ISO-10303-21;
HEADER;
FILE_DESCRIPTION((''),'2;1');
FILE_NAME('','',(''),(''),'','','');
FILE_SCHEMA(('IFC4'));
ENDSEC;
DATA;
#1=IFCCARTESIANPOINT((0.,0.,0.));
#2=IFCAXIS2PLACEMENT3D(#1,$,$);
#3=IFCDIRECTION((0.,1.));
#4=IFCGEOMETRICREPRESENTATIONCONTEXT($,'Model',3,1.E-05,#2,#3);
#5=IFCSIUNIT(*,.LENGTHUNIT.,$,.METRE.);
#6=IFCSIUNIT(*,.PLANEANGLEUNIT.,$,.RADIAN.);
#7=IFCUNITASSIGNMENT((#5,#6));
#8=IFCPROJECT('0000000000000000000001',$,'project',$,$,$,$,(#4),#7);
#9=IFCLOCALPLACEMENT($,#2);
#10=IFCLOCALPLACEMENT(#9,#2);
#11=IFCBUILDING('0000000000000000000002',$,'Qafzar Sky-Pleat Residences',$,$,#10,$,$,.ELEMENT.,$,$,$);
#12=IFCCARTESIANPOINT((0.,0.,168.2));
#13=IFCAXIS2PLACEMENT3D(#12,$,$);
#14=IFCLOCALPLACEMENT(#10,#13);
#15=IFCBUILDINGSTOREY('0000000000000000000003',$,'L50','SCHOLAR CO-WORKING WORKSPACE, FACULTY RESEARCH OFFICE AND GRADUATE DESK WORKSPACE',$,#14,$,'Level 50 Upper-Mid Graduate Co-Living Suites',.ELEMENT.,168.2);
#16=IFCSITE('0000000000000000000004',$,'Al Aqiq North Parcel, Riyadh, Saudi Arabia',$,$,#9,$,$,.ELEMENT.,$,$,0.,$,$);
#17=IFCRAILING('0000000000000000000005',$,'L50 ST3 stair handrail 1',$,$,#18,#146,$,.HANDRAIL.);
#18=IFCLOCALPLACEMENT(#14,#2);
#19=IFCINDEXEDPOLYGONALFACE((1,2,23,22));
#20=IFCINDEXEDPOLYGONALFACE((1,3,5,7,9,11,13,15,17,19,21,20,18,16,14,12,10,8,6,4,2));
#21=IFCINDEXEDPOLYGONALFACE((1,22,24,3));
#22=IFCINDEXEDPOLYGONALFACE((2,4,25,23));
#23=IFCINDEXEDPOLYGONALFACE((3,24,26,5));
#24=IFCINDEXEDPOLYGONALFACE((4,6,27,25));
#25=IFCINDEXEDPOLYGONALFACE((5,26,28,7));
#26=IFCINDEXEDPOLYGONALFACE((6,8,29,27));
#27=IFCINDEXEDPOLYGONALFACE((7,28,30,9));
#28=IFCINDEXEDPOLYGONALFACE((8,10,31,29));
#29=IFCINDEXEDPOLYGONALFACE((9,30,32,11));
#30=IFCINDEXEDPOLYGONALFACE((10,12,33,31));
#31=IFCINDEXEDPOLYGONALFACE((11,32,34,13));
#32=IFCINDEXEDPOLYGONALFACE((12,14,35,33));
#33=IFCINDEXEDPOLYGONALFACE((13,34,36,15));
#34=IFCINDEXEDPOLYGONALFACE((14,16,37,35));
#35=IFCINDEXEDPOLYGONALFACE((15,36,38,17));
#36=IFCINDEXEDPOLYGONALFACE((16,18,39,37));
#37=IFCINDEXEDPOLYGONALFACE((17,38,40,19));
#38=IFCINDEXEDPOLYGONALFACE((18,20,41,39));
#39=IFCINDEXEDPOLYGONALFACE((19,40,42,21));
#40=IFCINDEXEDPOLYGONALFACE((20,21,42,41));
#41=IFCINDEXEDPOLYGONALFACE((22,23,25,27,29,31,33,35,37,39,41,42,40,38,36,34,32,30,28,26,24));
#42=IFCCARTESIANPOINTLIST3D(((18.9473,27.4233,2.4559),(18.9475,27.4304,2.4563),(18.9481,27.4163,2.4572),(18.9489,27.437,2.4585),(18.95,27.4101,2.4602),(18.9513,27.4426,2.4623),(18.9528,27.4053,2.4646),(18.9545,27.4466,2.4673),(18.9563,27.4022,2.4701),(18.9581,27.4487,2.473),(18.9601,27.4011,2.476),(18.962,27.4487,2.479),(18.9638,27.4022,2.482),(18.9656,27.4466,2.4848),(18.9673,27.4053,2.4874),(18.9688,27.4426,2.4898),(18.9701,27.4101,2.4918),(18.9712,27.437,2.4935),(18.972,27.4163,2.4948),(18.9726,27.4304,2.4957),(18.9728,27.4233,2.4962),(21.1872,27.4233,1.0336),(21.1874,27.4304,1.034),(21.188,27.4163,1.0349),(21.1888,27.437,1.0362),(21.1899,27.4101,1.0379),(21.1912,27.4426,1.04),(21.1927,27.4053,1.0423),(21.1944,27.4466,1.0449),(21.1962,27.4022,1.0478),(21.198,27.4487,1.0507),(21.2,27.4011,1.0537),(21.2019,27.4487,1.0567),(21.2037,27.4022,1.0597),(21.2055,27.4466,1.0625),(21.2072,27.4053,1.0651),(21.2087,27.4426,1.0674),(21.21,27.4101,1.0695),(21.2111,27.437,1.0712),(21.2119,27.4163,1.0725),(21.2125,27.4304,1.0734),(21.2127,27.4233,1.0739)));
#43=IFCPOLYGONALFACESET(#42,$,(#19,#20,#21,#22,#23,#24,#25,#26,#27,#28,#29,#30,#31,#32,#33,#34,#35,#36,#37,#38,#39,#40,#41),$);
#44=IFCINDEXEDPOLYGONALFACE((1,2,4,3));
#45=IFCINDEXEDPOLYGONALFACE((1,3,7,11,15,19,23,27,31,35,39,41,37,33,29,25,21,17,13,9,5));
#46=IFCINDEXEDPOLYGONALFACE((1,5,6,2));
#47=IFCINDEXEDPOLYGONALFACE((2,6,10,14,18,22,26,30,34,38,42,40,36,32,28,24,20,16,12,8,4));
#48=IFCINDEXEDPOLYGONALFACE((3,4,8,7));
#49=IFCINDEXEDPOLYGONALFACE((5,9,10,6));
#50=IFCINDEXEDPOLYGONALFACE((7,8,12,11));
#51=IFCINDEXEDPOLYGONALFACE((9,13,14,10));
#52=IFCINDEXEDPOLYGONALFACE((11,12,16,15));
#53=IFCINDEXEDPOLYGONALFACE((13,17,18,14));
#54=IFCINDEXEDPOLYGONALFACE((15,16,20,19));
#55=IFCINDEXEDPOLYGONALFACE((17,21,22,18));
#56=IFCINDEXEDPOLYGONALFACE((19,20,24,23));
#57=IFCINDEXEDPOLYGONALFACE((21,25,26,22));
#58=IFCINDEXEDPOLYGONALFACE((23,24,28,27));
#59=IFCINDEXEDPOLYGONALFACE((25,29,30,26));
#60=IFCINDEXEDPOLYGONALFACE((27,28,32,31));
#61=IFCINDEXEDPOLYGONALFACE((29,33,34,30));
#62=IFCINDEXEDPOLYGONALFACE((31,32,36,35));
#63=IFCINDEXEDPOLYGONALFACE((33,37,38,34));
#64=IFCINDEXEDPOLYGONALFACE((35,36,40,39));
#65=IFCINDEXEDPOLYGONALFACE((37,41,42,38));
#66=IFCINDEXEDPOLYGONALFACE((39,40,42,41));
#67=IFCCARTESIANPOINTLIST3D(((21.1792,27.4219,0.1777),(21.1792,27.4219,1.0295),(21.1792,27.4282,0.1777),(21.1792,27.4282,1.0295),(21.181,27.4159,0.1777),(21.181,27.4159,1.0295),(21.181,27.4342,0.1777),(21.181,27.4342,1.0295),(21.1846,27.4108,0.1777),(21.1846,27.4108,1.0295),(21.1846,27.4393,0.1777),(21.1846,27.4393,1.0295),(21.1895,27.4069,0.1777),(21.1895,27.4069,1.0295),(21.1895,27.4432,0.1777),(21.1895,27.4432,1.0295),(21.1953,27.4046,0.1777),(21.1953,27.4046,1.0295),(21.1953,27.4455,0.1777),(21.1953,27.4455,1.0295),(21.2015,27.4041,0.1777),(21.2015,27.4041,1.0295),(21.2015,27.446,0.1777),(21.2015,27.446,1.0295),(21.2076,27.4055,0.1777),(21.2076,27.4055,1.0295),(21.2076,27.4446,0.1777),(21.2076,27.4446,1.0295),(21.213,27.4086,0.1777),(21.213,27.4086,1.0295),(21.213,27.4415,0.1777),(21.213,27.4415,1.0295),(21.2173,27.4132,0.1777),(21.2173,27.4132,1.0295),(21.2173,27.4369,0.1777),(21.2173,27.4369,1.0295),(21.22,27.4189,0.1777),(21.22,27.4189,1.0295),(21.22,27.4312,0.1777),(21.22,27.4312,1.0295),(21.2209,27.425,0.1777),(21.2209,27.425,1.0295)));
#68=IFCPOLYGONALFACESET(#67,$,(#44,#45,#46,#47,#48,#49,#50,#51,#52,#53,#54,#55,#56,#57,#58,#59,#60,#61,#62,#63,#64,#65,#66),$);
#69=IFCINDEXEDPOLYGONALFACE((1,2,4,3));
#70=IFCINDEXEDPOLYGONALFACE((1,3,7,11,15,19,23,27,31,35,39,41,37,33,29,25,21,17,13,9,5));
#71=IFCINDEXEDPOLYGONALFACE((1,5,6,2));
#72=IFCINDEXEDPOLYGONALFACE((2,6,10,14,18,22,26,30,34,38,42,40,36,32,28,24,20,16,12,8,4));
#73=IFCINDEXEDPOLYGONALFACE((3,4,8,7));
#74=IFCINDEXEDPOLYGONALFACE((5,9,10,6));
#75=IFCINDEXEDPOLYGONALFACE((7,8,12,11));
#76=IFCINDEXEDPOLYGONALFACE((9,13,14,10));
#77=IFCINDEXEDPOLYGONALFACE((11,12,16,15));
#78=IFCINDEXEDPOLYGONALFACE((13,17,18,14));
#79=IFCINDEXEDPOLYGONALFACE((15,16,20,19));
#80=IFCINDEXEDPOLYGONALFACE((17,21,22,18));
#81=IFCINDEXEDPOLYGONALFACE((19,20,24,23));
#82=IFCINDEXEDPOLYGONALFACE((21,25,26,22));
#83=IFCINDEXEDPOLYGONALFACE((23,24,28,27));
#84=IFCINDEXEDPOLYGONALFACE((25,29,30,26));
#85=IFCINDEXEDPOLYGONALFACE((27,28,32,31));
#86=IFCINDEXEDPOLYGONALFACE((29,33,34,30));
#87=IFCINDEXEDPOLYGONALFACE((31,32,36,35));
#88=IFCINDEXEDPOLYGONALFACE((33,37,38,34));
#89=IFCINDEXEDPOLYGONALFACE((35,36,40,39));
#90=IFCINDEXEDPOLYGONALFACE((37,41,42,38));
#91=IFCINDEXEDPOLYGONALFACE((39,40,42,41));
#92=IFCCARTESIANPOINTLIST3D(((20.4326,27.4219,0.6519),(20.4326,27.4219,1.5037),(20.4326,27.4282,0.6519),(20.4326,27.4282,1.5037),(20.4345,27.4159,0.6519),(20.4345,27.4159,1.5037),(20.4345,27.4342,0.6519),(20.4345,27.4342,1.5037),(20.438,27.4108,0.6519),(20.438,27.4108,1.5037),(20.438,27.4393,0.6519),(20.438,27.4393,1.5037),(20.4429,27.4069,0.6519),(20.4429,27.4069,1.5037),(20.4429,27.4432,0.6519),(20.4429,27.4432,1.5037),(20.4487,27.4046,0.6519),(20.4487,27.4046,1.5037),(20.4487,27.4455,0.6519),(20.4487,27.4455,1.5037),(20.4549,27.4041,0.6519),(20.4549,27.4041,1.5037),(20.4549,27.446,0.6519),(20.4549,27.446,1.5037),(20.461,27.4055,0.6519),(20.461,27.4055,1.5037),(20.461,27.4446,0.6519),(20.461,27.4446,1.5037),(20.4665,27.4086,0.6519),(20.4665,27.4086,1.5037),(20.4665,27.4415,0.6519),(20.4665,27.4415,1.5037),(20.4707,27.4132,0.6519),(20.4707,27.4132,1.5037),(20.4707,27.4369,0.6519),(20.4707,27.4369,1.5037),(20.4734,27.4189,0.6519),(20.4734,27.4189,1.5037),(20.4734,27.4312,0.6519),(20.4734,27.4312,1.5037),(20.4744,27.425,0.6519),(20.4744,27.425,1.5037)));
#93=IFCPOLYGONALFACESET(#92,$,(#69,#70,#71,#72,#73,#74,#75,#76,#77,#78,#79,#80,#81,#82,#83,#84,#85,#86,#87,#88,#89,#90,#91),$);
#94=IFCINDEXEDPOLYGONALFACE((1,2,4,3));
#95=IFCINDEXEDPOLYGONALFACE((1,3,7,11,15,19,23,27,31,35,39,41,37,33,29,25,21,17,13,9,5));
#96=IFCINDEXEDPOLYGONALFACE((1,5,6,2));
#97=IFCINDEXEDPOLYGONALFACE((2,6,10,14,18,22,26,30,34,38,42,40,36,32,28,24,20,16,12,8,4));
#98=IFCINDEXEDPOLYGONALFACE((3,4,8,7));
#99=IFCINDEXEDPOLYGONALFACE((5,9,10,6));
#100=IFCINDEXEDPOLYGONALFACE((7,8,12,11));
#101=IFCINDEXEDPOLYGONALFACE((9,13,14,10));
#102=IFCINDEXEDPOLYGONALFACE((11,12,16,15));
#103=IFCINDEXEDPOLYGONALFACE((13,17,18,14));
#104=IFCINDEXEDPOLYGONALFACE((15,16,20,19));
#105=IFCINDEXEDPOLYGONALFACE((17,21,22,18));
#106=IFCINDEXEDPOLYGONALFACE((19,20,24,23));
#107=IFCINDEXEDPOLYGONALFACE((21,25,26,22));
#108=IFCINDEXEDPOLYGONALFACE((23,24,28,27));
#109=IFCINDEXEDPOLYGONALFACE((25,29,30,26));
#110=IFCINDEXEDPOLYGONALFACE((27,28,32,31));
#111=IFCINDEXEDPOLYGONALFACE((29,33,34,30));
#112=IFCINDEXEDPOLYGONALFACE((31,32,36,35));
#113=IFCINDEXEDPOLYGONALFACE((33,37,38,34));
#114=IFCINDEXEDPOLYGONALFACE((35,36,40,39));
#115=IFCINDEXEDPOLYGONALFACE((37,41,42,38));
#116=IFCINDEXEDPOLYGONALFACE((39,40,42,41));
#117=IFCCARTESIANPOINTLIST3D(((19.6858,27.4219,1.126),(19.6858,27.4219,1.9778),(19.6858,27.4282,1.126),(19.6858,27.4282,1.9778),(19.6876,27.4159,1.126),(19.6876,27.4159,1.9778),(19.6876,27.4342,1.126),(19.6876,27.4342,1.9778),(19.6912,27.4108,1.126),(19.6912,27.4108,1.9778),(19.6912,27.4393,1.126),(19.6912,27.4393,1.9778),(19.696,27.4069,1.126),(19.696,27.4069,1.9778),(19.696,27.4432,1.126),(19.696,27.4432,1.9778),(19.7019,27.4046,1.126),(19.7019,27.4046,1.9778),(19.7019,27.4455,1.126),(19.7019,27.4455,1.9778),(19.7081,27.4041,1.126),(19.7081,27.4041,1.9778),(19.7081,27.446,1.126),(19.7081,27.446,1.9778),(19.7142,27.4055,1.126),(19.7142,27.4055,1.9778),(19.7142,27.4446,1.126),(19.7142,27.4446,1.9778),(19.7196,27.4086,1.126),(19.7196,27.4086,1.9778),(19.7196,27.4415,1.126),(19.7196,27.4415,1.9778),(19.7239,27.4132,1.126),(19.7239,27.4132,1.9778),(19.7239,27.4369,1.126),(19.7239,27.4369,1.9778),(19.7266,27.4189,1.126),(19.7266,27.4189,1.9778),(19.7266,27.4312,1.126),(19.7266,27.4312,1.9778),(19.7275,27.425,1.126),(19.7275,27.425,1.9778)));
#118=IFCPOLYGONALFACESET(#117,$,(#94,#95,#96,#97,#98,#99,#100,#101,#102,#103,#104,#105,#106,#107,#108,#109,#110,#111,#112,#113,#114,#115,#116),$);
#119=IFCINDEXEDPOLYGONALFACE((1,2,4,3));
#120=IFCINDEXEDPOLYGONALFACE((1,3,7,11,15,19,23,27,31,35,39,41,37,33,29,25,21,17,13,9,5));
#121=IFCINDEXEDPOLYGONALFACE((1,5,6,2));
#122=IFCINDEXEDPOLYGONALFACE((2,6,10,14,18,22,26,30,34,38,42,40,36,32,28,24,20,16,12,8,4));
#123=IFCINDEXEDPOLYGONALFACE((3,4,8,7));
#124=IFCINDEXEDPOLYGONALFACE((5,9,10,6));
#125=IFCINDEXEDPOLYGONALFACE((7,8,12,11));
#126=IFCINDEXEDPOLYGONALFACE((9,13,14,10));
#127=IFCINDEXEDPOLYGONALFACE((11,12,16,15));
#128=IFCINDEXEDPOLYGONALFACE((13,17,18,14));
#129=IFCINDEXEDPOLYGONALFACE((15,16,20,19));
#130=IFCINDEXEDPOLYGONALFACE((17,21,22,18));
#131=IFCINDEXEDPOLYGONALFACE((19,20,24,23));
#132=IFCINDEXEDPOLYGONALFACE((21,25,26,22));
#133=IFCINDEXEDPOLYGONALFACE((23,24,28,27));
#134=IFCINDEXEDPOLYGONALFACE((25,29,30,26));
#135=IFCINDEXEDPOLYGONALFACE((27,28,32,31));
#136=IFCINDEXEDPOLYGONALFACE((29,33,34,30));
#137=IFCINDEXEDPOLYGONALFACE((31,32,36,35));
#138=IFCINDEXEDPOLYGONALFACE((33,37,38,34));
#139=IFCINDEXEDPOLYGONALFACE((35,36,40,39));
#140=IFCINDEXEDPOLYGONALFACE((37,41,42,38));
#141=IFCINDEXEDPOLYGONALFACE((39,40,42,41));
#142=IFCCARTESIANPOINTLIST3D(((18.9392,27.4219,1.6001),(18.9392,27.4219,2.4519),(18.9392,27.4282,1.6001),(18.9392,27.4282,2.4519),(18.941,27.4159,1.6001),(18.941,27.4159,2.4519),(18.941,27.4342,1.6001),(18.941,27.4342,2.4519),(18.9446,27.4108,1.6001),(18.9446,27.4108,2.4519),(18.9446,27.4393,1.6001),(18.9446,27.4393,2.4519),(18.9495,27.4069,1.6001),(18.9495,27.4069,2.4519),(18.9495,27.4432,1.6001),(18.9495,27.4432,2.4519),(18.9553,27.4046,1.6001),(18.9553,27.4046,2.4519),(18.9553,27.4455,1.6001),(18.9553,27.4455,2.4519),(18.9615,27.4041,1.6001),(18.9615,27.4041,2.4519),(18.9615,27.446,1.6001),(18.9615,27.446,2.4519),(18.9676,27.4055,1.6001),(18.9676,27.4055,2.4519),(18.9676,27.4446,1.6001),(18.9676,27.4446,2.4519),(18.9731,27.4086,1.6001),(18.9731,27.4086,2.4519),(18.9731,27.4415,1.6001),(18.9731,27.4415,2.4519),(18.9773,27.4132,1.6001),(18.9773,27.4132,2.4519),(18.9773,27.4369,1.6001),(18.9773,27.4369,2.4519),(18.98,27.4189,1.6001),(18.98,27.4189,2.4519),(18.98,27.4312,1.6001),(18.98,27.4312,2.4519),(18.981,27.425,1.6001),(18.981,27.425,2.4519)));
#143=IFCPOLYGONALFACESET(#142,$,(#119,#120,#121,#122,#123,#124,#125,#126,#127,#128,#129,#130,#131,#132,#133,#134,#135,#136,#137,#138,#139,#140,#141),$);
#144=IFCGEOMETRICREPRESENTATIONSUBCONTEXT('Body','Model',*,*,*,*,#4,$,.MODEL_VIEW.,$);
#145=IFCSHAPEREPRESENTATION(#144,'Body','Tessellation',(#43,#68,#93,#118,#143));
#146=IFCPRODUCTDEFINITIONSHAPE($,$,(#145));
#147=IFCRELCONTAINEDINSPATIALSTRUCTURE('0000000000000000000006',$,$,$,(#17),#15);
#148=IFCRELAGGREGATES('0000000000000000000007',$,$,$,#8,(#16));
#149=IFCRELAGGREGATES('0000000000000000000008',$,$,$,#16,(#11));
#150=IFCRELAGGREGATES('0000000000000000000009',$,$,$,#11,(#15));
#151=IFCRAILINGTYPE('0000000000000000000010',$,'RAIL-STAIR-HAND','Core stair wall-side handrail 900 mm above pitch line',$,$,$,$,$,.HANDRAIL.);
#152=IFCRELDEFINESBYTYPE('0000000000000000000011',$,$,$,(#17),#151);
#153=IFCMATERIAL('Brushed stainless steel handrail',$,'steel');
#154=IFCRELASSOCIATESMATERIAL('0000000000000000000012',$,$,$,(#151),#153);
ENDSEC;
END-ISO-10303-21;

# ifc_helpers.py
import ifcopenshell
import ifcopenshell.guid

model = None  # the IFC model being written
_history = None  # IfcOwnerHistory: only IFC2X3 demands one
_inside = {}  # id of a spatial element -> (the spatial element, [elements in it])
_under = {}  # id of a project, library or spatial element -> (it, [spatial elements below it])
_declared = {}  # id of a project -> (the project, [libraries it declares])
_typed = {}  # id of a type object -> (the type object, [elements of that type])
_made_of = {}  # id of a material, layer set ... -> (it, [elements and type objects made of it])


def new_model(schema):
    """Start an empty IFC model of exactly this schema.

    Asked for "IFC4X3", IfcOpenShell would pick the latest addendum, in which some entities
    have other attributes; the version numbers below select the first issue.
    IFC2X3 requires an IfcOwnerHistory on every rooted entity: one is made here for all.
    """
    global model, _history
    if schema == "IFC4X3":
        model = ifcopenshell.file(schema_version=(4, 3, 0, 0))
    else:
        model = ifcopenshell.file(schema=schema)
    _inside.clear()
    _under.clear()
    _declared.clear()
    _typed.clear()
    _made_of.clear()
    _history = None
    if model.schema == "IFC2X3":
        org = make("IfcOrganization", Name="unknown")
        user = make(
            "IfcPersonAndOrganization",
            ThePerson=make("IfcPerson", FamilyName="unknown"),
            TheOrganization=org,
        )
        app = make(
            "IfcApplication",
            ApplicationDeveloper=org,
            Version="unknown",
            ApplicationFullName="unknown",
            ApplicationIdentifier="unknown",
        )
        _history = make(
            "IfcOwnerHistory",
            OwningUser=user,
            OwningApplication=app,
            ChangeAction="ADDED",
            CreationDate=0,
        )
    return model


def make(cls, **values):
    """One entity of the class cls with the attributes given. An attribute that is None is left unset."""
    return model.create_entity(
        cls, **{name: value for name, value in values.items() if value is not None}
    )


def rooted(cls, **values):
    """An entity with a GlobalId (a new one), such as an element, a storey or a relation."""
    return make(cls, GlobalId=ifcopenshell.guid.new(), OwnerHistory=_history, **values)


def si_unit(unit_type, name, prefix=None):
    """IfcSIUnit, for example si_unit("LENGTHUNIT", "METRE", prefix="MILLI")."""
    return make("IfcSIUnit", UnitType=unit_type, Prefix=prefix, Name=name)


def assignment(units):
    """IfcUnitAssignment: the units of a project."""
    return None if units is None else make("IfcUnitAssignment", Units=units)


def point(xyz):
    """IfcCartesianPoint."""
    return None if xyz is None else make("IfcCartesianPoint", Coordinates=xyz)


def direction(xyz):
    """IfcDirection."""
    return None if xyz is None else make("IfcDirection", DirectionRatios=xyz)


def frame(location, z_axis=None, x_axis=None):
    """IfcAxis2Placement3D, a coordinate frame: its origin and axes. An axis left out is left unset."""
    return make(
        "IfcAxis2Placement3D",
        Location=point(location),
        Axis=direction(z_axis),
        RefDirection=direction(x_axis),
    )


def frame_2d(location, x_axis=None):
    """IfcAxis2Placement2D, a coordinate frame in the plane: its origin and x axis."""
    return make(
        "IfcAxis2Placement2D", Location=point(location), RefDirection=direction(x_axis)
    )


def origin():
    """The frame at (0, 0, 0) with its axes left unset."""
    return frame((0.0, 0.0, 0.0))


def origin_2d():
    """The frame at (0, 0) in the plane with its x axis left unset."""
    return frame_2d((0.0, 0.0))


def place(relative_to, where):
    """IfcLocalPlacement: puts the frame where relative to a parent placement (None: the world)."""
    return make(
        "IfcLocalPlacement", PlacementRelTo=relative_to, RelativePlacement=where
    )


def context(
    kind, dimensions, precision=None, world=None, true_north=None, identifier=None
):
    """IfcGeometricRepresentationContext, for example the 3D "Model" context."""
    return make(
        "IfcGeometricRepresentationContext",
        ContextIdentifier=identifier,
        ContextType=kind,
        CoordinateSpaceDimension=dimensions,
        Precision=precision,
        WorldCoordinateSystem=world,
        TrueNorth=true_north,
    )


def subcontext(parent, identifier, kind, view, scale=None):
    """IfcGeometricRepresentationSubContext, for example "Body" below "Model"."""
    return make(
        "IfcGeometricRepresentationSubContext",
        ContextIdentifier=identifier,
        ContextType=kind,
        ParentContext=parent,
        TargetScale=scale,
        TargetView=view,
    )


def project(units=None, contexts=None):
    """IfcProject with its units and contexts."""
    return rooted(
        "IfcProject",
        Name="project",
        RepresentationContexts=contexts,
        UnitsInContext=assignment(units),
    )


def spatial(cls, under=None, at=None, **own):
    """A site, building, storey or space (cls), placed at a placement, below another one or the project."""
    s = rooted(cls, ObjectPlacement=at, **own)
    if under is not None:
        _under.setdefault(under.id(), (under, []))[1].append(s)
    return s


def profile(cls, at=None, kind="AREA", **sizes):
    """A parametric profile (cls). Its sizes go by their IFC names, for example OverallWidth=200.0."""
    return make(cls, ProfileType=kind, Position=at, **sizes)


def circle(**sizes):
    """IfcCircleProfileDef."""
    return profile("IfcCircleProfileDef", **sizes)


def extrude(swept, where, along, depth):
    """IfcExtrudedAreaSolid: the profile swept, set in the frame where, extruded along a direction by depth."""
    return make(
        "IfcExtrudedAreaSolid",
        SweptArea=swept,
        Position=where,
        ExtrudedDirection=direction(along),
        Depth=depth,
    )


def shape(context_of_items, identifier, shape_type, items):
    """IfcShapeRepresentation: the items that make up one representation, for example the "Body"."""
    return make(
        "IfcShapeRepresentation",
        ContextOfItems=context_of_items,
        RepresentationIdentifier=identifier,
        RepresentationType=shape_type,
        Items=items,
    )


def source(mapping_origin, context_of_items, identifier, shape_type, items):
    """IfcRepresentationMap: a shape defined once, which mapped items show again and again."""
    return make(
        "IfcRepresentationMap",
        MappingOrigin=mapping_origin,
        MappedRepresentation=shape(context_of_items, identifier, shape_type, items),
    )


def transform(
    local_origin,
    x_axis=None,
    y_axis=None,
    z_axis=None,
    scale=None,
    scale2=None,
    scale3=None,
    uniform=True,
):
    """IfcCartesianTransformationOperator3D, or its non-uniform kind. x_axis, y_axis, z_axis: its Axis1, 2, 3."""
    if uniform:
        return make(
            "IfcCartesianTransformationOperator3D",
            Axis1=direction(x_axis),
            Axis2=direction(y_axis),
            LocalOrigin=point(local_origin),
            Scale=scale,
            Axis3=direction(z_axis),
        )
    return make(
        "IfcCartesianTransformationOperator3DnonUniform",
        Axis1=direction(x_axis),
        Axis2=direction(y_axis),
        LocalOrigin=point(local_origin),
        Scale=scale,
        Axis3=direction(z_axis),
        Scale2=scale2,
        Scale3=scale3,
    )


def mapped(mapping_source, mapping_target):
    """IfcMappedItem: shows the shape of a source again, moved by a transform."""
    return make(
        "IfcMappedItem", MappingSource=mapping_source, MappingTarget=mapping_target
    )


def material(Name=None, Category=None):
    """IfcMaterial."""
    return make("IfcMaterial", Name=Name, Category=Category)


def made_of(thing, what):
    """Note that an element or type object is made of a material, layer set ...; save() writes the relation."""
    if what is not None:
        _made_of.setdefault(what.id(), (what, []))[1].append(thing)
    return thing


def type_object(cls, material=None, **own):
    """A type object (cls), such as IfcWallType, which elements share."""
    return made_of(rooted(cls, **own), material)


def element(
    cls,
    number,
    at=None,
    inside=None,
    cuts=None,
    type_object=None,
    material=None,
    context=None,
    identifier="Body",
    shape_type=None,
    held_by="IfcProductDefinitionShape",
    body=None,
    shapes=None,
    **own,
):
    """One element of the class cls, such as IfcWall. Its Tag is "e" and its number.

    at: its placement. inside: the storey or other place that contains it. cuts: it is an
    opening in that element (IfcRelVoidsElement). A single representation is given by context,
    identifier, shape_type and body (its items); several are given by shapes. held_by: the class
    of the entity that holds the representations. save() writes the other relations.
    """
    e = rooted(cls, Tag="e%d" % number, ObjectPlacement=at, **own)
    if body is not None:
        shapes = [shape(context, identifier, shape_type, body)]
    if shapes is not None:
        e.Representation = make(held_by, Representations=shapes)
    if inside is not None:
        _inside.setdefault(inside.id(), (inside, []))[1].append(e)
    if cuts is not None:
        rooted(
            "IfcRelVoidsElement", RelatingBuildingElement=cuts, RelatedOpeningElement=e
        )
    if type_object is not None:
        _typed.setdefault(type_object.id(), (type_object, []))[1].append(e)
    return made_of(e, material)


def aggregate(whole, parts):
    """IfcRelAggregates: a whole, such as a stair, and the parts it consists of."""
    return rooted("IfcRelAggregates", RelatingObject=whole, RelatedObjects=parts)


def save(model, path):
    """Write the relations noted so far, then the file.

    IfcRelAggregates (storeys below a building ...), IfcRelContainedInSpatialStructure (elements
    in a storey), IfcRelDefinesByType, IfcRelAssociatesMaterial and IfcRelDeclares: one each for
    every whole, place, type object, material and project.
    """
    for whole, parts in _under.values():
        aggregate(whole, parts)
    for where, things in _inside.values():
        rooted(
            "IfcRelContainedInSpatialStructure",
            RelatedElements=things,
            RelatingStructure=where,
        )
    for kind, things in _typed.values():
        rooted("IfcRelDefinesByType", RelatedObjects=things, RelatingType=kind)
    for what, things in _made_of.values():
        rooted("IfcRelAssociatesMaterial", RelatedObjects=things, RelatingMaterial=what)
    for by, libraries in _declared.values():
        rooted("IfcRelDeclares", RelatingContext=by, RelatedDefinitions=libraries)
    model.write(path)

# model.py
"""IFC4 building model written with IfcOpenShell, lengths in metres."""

from ifc_helpers import new_model, si_unit, direction, frame, origin, origin_2d, place, context, subcontext, project, spatial, circle, extrude, source, transform, mapped, material, type_object, element, save


model = new_model("IFC4")

# Units and contexts
model_context = context("Model", 3, precision=1e-05, world=origin(), true_north=direction((0.0, 1.0)))
body_context = subcontext(model_context, "Body", "Model", "MODEL_VIEW")
ifc_project = project(units=[si_unit("LENGTHUNIT", "METRE"), si_unit("PLANEANGLEUNIT", "RADIAN")], contexts=[model_context])

# Site, building, storey
site_placement = place(None, origin())
site = spatial("IfcSite", under=ifc_project, at=site_placement, Name="Al Aqiq North Parcel, Riyadh, Saudi Arabia", CompositionType="ELEMENT", RefElevation=0.0)
building_placement = place(site_placement, origin())
building = spatial("IfcBuilding", under=site, at=building_placement, Name="Qafzar Sky-Pleat Residences", CompositionType="ELEMENT")
storey_placement = place(building_placement, frame((0.0, 0.0, 168.2)))
storey = spatial("IfcBuildingStorey", under=building, at=storey_placement, Name="L50", Description="SCHOLAR CO-WORKING WORKSPACE, FACULTY RESEARCH OFFICE AND GRADUATE DESK WORKSPACE", LongName="Level 50 Upper-Mid Graduate Co-Living Suites", CompositionType="ELEMENT", Elevation=168.2)

# Railing
ifc_material_1 = material(Name="Brushed stainless steel handrail", Category="steel")
railing_type_1 = type_object("IfcRailingType", Name="RAIL-STAIR-HAND", Description="Core stair wall-side handrail 900 mm above pitch line", PredefinedType="HANDRAIL", material=ifc_material_1)
shared_shape_1 = source(origin(), body_context, "Body", "SweptSolid", [
    extrude(circle(Radius=0.0239, at=origin_2d()), frame((0.0, 0.0, 0.876), z_axis=(-0.844188, 0.0, 0.536048), x_axis=(0.0, -1.0, 0.0)), (0.0, 0.0, 1.0), 2.6533),
    extrude(circle(Radius=0.021, at=origin_2d()), origin(), (0.0, 0.0, 1.0), 0.8518),
    extrude(circle(Radius=0.021, at=origin_2d()), frame((-0.7466, 0.0, 0.4741)), (0.0, 0.0, 1.0), 0.8518),
    extrude(circle(Radius=0.021, at=origin_2d()), frame((-1.4934, 0.0, 0.9482)), (0.0, 0.0, 1.0), 0.8518),
    extrude(circle(Radius=0.021, at=origin_2d()), frame((-2.24, 0.0, 1.4224)), (0.0, 0.0, 1.0), 0.8518),
])
railing_1_placement = place(storey_placement, frame((21.2, 27.425, 0.1777)))
element("IfcRailing", 1, at=railing_1_placement, inside=storey, type_object=railing_type_1, Name="L50 ST3 stair handrail 1", PredefinedType="HANDRAIL", context=body_context, shape_type="MappedRepresentation", body=[
    mapped(shared_shape_1, transform((0.0, 0.0, 0.0), x_axis=(1.0, 0.0, 0.0), y_axis=(0.0, 1.0, 0.0), z_axis=(0.0, 0.0, 1.0), scale=1.0)),
])

save(model, "model.ifc")
